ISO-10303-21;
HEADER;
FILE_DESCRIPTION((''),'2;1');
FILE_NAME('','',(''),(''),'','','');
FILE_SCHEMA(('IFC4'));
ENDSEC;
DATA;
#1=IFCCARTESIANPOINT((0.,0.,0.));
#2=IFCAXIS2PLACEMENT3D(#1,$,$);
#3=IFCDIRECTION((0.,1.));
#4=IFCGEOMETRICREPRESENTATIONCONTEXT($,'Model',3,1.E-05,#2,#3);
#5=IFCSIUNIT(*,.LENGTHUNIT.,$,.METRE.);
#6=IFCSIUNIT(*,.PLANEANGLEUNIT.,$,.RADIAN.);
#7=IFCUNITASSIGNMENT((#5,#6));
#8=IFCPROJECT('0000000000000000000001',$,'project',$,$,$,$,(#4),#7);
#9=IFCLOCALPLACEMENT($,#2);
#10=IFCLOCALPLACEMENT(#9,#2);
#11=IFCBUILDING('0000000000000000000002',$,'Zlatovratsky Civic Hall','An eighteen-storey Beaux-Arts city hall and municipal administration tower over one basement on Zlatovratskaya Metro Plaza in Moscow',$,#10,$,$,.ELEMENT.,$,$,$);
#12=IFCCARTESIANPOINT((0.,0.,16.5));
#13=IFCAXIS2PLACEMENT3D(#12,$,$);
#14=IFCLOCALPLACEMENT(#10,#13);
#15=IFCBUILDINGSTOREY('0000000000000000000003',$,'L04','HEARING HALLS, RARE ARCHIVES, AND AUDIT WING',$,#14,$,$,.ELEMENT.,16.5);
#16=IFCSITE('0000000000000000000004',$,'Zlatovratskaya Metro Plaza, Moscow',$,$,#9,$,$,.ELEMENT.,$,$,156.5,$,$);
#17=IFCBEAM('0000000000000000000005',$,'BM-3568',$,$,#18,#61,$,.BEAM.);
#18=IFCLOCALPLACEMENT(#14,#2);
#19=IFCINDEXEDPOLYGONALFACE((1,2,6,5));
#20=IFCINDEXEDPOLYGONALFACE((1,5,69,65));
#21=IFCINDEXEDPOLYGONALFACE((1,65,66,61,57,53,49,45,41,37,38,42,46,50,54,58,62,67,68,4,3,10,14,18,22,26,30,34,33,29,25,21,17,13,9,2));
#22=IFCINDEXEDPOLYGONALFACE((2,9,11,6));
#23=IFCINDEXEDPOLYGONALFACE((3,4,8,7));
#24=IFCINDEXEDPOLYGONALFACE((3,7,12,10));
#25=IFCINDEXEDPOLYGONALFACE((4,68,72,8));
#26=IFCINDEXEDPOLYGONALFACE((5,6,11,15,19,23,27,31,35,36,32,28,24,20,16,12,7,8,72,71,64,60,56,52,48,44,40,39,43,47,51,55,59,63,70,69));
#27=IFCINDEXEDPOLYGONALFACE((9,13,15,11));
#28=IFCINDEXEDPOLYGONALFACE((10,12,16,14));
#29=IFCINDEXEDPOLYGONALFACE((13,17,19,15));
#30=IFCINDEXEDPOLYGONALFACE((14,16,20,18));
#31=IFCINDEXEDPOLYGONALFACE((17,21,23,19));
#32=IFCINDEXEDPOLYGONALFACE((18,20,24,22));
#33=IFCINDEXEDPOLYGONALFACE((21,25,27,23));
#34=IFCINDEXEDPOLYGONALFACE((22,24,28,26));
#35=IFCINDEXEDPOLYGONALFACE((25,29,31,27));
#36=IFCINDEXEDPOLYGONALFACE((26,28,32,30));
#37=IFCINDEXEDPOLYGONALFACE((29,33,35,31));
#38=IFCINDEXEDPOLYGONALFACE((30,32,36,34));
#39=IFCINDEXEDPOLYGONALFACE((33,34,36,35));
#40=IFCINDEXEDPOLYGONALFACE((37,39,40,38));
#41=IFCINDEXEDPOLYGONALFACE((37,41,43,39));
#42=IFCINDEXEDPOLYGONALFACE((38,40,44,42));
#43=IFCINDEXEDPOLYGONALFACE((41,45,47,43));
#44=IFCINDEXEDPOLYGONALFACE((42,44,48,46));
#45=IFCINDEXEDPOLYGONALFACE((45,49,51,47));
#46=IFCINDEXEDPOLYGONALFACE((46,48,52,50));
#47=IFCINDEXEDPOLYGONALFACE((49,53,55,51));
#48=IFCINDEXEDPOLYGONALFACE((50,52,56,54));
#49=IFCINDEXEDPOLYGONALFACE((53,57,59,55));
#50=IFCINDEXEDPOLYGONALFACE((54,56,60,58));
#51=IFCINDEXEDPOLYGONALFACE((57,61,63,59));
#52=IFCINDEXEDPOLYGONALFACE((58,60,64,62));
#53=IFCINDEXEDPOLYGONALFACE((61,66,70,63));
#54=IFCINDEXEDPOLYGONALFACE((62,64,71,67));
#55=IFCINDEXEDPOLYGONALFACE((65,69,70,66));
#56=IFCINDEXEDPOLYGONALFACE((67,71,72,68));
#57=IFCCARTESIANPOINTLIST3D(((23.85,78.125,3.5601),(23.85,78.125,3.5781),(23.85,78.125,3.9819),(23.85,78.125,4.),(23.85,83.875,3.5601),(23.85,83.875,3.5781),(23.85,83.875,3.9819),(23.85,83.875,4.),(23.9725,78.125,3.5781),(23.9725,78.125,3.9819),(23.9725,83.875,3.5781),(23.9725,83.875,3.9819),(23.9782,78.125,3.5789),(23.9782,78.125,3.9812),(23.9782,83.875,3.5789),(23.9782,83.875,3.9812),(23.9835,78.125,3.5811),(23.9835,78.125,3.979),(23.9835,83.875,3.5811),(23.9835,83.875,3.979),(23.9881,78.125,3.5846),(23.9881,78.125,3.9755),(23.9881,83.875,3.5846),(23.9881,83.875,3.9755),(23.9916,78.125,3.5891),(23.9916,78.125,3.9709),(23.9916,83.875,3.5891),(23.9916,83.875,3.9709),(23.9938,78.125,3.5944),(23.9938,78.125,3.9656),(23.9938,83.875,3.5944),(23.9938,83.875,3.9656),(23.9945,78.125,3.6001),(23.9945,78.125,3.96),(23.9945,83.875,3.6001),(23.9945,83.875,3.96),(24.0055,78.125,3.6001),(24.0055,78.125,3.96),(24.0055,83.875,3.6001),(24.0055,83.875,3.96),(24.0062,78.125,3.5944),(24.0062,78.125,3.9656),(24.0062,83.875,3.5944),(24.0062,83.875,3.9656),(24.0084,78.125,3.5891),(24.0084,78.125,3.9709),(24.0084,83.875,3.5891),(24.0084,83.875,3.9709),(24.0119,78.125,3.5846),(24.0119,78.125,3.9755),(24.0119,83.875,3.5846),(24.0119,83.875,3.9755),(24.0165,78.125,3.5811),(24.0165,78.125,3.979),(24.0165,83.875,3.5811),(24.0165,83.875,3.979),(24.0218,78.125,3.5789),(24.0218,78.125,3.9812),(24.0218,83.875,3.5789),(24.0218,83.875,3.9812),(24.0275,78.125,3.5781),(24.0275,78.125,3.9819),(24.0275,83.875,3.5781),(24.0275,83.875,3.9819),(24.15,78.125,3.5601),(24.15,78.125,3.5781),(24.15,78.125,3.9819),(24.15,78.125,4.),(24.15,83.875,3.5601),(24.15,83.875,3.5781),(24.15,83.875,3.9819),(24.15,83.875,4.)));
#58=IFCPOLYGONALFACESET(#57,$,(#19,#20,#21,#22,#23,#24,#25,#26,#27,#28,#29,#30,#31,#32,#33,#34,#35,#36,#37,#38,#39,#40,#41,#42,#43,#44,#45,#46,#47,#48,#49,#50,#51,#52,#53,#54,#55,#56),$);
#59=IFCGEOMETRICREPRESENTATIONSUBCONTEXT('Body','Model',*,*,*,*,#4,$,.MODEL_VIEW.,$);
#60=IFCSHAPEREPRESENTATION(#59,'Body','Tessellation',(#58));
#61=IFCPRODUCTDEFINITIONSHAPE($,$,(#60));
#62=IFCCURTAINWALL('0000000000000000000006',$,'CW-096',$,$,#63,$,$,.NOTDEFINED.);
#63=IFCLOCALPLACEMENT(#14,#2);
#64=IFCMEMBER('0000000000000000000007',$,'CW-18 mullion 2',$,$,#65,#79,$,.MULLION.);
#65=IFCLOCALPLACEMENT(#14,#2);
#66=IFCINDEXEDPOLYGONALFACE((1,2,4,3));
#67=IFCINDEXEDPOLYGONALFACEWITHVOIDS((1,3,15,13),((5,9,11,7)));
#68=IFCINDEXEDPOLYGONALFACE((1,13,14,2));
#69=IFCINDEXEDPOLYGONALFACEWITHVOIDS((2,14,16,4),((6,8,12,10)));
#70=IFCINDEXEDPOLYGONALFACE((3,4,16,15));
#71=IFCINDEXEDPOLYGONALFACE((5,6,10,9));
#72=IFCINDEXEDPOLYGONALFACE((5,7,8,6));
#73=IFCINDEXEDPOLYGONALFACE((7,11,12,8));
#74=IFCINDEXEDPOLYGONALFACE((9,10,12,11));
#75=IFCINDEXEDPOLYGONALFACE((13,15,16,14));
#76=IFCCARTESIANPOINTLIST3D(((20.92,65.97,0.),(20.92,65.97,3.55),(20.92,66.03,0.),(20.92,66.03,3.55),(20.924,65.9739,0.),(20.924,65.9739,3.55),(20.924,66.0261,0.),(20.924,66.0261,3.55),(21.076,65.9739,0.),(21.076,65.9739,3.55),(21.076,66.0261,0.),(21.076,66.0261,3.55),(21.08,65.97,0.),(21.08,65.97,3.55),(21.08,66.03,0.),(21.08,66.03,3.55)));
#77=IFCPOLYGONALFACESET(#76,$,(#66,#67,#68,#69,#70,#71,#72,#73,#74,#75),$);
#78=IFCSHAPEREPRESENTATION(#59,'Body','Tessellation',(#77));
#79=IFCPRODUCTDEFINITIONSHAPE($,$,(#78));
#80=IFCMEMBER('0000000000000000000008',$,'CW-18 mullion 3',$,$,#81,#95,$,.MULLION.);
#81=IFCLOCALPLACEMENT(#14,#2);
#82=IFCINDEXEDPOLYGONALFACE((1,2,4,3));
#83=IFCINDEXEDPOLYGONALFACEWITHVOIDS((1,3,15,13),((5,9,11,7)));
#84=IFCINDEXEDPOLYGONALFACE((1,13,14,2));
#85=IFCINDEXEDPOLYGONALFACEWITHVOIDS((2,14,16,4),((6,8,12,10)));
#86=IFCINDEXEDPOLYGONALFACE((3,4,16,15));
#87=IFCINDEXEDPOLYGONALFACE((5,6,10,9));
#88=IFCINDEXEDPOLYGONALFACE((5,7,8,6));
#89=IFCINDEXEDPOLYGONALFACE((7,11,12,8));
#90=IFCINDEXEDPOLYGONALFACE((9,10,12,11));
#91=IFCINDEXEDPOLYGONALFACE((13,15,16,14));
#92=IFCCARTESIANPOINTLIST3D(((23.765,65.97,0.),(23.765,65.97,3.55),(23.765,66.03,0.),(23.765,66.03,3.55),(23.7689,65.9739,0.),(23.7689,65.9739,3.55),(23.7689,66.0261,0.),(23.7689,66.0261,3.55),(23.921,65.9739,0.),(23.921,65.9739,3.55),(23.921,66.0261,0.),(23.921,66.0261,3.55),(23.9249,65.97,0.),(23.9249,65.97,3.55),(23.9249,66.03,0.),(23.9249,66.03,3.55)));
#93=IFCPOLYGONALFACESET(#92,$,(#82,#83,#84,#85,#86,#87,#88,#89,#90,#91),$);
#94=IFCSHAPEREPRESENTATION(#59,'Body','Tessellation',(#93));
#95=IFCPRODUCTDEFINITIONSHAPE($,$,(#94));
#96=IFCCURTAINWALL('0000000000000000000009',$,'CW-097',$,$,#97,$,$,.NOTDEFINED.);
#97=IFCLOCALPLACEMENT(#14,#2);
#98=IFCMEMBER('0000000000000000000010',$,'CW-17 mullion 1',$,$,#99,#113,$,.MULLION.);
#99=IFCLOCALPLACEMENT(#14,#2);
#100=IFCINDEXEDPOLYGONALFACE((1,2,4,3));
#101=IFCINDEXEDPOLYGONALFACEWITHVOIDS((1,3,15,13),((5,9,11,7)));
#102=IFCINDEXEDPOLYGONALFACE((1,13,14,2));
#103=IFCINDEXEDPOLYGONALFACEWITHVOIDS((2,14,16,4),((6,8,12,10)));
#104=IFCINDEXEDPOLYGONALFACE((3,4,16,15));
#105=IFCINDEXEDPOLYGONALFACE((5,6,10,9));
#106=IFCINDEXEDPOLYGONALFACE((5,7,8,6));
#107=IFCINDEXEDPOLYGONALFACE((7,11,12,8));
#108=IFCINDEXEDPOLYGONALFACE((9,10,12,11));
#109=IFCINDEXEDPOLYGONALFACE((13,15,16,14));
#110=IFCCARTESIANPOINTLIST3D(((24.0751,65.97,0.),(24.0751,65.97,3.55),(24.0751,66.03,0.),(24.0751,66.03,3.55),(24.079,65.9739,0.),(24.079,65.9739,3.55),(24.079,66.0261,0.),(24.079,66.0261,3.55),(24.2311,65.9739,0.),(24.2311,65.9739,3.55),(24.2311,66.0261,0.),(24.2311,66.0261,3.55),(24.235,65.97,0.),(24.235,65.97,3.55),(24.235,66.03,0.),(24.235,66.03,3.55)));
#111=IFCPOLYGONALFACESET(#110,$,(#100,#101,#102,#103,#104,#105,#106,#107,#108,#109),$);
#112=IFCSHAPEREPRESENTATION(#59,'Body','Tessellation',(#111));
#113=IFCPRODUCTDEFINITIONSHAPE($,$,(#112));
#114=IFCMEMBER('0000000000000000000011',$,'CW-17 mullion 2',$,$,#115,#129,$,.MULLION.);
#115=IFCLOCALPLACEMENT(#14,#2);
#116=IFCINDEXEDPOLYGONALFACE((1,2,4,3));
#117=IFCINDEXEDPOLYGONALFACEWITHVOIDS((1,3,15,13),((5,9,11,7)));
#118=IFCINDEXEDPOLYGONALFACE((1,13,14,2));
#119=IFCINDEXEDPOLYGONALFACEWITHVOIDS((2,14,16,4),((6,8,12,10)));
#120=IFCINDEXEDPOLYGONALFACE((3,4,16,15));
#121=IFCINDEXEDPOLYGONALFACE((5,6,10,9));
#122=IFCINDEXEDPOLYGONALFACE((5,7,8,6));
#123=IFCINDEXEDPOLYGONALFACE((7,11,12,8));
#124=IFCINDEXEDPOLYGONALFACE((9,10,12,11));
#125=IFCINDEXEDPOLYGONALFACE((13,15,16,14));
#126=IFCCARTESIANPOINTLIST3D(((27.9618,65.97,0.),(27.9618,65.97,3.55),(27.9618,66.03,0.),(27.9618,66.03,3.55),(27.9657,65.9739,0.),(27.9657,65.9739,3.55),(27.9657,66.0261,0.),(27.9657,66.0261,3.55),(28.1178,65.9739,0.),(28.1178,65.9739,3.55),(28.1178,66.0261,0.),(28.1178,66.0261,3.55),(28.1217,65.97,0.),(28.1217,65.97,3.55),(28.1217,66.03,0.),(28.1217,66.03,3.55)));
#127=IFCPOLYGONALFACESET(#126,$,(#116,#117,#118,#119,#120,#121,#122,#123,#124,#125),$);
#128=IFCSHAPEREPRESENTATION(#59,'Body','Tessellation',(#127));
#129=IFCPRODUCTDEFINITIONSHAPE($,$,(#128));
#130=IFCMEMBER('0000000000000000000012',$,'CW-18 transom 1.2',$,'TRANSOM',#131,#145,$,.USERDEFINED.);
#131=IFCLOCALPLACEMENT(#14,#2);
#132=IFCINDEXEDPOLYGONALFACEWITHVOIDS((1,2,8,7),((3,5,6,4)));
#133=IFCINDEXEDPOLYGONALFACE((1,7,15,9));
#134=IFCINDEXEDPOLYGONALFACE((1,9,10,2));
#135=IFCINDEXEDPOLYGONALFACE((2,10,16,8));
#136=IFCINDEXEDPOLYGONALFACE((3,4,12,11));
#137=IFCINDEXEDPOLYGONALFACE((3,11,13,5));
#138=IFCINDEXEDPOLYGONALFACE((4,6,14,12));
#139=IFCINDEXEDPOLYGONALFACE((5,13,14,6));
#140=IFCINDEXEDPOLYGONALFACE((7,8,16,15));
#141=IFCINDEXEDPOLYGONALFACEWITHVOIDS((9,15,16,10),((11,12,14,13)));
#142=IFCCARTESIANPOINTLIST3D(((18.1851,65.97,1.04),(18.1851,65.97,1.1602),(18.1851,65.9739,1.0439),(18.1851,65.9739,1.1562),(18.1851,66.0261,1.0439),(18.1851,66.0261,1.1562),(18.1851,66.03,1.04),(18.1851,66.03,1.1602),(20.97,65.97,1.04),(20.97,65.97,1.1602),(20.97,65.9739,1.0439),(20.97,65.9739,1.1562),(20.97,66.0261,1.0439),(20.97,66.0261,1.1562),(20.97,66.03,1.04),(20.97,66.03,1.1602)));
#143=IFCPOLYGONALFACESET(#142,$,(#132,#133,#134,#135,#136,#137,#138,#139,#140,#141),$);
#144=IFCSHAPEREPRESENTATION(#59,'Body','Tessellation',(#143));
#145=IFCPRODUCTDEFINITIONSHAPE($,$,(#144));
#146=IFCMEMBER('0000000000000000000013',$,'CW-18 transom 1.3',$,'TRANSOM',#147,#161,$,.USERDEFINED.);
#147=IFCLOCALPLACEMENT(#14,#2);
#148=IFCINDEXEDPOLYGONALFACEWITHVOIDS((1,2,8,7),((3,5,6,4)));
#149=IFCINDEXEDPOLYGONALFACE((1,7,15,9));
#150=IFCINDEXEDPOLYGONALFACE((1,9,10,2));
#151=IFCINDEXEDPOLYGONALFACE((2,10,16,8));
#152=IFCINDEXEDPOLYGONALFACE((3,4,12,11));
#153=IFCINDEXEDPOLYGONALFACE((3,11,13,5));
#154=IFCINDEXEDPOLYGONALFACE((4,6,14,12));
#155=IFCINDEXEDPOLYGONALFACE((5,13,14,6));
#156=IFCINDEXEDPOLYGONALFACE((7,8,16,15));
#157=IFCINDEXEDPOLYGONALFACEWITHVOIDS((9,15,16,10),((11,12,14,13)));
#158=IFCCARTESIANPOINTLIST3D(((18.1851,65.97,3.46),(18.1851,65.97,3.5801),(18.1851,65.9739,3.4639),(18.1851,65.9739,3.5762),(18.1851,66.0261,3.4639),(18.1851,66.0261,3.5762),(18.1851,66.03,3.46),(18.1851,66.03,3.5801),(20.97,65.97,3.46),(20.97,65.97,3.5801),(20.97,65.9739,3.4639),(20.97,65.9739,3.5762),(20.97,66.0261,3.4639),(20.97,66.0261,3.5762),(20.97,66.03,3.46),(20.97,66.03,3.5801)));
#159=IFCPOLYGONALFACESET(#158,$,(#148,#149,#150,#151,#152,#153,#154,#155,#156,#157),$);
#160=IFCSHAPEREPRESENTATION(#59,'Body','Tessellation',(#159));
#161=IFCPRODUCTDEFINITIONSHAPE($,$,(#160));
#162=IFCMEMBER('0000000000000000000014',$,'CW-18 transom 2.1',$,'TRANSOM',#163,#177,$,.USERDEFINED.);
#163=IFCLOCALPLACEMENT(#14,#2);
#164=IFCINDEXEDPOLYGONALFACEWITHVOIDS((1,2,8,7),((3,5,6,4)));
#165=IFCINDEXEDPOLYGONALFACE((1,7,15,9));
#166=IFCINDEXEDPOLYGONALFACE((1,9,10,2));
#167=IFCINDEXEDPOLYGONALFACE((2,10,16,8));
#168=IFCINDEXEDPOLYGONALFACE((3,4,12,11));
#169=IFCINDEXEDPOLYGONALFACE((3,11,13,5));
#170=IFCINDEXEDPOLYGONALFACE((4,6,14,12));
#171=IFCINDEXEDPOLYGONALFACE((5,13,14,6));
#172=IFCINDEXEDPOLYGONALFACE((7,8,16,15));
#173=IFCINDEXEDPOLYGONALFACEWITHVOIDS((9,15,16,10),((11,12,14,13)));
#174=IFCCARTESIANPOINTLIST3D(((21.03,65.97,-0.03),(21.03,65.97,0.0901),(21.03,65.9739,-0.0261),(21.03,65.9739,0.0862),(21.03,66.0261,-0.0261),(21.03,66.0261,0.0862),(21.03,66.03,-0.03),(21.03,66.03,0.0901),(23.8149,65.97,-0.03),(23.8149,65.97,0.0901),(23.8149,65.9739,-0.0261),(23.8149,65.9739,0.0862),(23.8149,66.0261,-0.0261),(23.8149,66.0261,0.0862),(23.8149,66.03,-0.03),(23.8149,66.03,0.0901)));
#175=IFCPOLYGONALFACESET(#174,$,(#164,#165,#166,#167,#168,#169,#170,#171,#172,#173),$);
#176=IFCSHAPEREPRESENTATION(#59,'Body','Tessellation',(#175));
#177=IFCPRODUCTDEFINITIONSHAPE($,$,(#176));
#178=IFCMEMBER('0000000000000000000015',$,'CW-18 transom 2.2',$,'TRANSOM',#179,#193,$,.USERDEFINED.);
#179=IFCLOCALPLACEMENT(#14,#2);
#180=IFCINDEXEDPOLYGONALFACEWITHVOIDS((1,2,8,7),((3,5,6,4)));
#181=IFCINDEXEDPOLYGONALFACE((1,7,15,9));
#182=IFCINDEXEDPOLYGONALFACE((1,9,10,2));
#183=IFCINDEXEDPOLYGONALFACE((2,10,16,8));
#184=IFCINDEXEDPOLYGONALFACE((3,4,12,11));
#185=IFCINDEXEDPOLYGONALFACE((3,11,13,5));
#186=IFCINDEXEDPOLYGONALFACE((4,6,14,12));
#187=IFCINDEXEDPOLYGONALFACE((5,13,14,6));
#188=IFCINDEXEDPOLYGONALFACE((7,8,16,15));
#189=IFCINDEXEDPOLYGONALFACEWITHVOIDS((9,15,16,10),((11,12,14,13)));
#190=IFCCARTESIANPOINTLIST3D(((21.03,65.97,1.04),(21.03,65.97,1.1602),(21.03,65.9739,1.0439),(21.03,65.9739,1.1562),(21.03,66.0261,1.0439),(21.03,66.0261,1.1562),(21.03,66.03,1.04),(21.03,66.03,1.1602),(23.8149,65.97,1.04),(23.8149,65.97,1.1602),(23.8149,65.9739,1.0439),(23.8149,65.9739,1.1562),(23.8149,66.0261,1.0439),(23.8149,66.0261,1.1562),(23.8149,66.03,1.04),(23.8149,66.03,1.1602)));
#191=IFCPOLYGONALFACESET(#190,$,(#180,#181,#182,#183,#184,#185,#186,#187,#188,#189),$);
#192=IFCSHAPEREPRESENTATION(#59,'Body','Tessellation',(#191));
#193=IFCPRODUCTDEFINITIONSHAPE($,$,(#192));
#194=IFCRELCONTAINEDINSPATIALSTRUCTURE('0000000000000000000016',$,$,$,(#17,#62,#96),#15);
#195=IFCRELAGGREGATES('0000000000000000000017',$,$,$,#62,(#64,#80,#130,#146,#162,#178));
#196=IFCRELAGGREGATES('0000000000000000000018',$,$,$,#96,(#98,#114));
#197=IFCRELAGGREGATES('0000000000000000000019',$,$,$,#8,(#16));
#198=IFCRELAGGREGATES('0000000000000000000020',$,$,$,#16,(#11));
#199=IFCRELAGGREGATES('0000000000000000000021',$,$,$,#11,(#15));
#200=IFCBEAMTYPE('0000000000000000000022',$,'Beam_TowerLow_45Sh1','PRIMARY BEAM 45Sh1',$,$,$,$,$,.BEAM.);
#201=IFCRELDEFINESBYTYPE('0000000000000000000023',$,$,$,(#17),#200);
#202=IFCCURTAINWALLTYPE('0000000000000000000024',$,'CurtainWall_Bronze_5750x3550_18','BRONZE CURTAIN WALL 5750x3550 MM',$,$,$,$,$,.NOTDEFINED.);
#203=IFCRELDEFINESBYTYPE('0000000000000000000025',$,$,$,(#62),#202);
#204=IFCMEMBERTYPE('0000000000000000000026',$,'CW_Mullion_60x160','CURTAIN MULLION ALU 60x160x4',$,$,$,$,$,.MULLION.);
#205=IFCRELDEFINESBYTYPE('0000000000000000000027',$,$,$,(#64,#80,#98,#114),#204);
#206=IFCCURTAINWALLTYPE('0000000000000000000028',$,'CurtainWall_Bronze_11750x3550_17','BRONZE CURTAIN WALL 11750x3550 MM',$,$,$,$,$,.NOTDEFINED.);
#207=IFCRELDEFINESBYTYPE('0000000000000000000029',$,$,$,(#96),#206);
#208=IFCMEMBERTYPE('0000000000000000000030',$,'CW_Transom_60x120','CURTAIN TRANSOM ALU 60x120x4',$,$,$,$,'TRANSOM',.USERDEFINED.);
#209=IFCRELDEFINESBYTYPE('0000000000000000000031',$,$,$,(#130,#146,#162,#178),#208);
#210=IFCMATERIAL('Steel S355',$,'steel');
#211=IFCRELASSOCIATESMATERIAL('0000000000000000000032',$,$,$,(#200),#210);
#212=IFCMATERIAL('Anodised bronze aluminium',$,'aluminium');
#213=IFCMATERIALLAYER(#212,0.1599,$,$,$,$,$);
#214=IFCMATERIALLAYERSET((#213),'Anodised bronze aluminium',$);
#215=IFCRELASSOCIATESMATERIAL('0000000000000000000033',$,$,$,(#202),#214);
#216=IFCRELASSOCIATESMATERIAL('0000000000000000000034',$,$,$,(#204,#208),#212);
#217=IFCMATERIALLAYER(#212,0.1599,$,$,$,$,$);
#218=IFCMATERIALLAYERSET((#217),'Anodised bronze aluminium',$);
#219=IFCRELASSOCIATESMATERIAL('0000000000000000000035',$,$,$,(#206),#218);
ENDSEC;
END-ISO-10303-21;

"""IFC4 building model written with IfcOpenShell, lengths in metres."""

from ifc_helpers import new_model, si_unit, direction, frame, origin, origin_2d, place, context, subcontext, project, spatial, hollow_rectangle, i_section, extrude, material, layer, layer_set, material_profile, profile_set, type_object, element, aggregate, save


model = new_model("IFC4")

# Units and contexts
model_context = context("Model", 3, precision=1e-05, world=origin(), true_north=direction((0.0, 1.0)))
body_context = subcontext(model_context, "Body", "Model", "MODEL_VIEW")
ifc_project = project(units=[si_unit("LENGTHUNIT", "METRE"), si_unit("PLANEANGLEUNIT", "RADIAN")], contexts=[model_context])

# Site, building, storey
site_placement = place(None, origin())
site = spatial("IfcSite", under=ifc_project, at=site_placement, Name="Zlatovratskaya Metro Plaza, Moscow", CompositionType="ELEMENT", RefElevation=156.5)
building_placement = place(site_placement, origin())
building = spatial("IfcBuilding", under=site, at=building_placement, Name="Zlatovratsky Civic Hall", Description="An eighteen-storey Beaux-Arts city hall and municipal administration tower over one basement on Zlatovratskaya Metro Plaza in Moscow", CompositionType="ELEMENT")
storey_placement = place(building_placement, frame((0.0, 0.0, 16.5)))
storey = spatial("IfcBuildingStorey", under=building, at=storey_placement, Name="L04", Description="HEARING HALLS, RARE ARCHIVES, AND AUDIT WING", CompositionType="ELEMENT", Elevation=16.5)

# Shared definitions
ifc_material_1 = material(Name="Steel S355", Category="steel")

# Beam
ifc_material_profile_1 = material_profile(ifc_material_1, i_section(OverallWidth=0.3, OverallDepth=0.4399, WebThickness=0.011, FlangeThickness=0.0181, FilletRadius=0.022, at=origin_2d()), Name="45Sh1")
ifc_profile_set_1 = profile_set([ifc_material_profile_1], Name="Steel S355")
beam_type_1 = type_object("IfcBeamType", Name="Beam_TowerLow_45Sh1", Description="PRIMARY BEAM 45Sh1", PredefinedType="BEAM", material=ifc_profile_set_1)
for number, where, z_axis, x_axis, name in (
    (1, (24.0, 78.125, 3.78), (0.0, 1.0, 0.0), (-1.0, 0.0, 0.0), "BM-3568"),
):
    element("IfcBeam", number, at=place(storey_placement, frame(where, z_axis=z_axis, x_axis=x_axis)), inside=storey, type_object=beam_type_1, Name=name, PredefinedType="BEAM", context=body_context, shape_type="SweptSolid", body=[
        extrude(i_section(OverallWidth=0.3, OverallDepth=0.4399, WebThickness=0.011, FlangeThickness=0.0181, FilletRadius=0.022, at=origin_2d()), origin(), (0.0, 0.0, 1.0), 5.75),
    ])

# Curtain walls, members
ifc_material_2 = material(Name="Anodised bronze aluminium", Category="aluminium")
ifc_layer_1 = layer(ifc_material_2, 0.1599)
ifc_layer_set_1 = layer_set([ifc_layer_1], Name="Anodised bronze aluminium")
curtain_wall_type_1 = type_object("IfcCurtainWallType", Name="CurtainWall_Bronze_5750x3550_18", Description="BRONZE CURTAIN WALL 5750x3550 MM", PredefinedType="NOTDEFINED", material=ifc_layer_set_1)
curtain_wall_1_placement = place(storey_placement, origin())
curtain_wall_1 = element("IfcCurtainWall", 2, at=curtain_wall_1_placement, inside=storey, type_object=curtain_wall_type_1, Name="CW-096", PredefinedType="NOTDEFINED")
ifc_material_profile_2 = material_profile(ifc_material_2, hollow_rectangle(XDim=0.0601, YDim=0.1599, WallThickness=0.0039, at=origin_2d()), Name="ALU 60x160x4")
ifc_profile_set_2 = profile_set([ifc_material_profile_2], Name="Anodised bronze aluminium")
member_type_1 = type_object("IfcMemberType", Name="CW_Mullion_60x160", Description="CURTAIN MULLION ALU 60x160x4", PredefinedType="MULLION", material=ifc_profile_set_2)
member_1_placement = place(storey_placement, frame((21.0, 66.0, 0.0), z_axis=(0.0, 0.0, 1.0), x_axis=(0.0, 1.0, 0.0)))
member_1 = element("IfcMember", 3, at=member_1_placement, type_object=member_type_1, Name="CW-18 mullion 2", PredefinedType="MULLION", context=body_context, shape_type="SweptSolid", body=[
    extrude(hollow_rectangle(XDim=0.0601, YDim=0.1599, WallThickness=0.0039, at=origin_2d()), origin(), (0.0, 0.0, 1.0), 3.55),
])
member_2_placement = place(storey_placement, frame((23.845, 66.0, 0.0), z_axis=(0.0, 0.0, 1.0), x_axis=(0.0, 1.0, 0.0)))
member_2 = element("IfcMember", 4, at=member_2_placement, type_object=member_type_1, Name="CW-18 mullion 3", PredefinedType="MULLION", context=body_context, shape_type="SweptSolid", body=[
    extrude(hollow_rectangle(XDim=0.0601, YDim=0.1599, WallThickness=0.0039, at=origin_2d()), origin(), (0.0, 0.0, 1.0), 3.55),
])
ifc_layer_2 = layer(ifc_material_2, 0.1599)
ifc_layer_set_2 = layer_set([ifc_layer_2], Name="Anodised bronze aluminium")
curtain_wall_type_2 = type_object("IfcCurtainWallType", Name="CurtainWall_Bronze_11750x3550_17", Description="BRONZE CURTAIN WALL 11750x3550 MM", PredefinedType="NOTDEFINED", material=ifc_layer_set_2)
curtain_wall_2_placement = place(storey_placement, origin())
curtain_wall_2 = element("IfcCurtainWall", 5, at=curtain_wall_2_placement, inside=storey, type_object=curtain_wall_type_2, Name="CW-097", PredefinedType="NOTDEFINED")
member_3_placement = place(storey_placement, frame((24.155, 66.0, 0.0), z_axis=(0.0, 0.0, 1.0), x_axis=(0.0, 1.0, 0.0)))
member_3 = element("IfcMember", 6, at=member_3_placement, type_object=member_type_1, Name="CW-17 mullion 1", PredefinedType="MULLION", context=body_context, shape_type="SweptSolid", body=[
    extrude(hollow_rectangle(XDim=0.0601, YDim=0.1599, WallThickness=0.0039, at=origin_2d()), origin(), (0.0, 0.0, 1.0), 3.55),
])
member_4_placement = place(storey_placement, frame((28.0417, 66.0, 0.0), z_axis=(0.0, 0.0, 1.0), x_axis=(0.0, 1.0, 0.0)))
member_4 = element("IfcMember", 7, at=member_4_placement, type_object=member_type_1, Name="CW-17 mullion 2", PredefinedType="MULLION", context=body_context, shape_type="SweptSolid", body=[
    extrude(hollow_rectangle(XDim=0.0601, YDim=0.1599, WallThickness=0.0039, at=origin_2d()), origin(), (0.0, 0.0, 1.0), 3.55),
])

# Members
ifc_material_profile_3 = material_profile(ifc_material_2, hollow_rectangle(XDim=0.0601, YDim=0.1201, WallThickness=0.0039, at=origin_2d()), Name="ALU 60x120x4")
ifc_profile_set_3 = profile_set([ifc_material_profile_3], Name="Anodised bronze aluminium")
member_type_2 = type_object("IfcMemberType", Name="CW_Transom_60x120", Description="CURTAIN TRANSOM ALU 60x120x4", ElementType="TRANSOM", PredefinedType="USERDEFINED", material=ifc_profile_set_3)
member_5_placement = place(storey_placement, frame((18.1851, 66.0, 1.1001), z_axis=(1.0, 0.0, 0.0), x_axis=(0.0, 1.0, 0.0)))
member_5 = element("IfcMember", 8, at=member_5_placement, type_object=member_type_2, Name="CW-18 transom 1.2", ObjectType="TRANSOM", PredefinedType="USERDEFINED", context=body_context, shape_type="SweptSolid", body=[
    extrude(hollow_rectangle(XDim=0.0601, YDim=0.1201, WallThickness=0.0039, at=origin_2d()), origin(), (0.0, 0.0, 1.0), 2.7849),
])
member_6_placement = place(storey_placement, frame((18.1851, 66.0, 3.52), z_axis=(1.0, 0.0, 0.0), x_axis=(0.0, 1.0, 0.0)))
member_6 = element("IfcMember", 9, at=member_6_placement, type_object=member_type_2, Name="CW-18 transom 1.3", ObjectType="TRANSOM", PredefinedType="USERDEFINED", context=body_context, shape_type="SweptSolid", body=[
    extrude(hollow_rectangle(XDim=0.0601, YDim=0.1201, WallThickness=0.0039, at=origin_2d()), origin(), (0.0, 0.0, 1.0), 2.7849),
])
member_7_placement = place(storey_placement, frame((21.03, 66.0, 0.03), z_axis=(1.0, 0.0, 0.0), x_axis=(0.0, 1.0, 0.0)))
member_7 = element("IfcMember", 10, at=member_7_placement, type_object=member_type_2, Name="CW-18 transom 2.1", ObjectType="TRANSOM", PredefinedType="USERDEFINED", context=body_context, shape_type="SweptSolid", body=[
    extrude(hollow_rectangle(XDim=0.0601, YDim=0.1201, WallThickness=0.0039, at=origin_2d()), origin(), (0.0, 0.0, 1.0), 2.7849),
])
member_8_placement = place(storey_placement, frame((21.03, 66.0, 1.1001), z_axis=(1.0, 0.0, 0.0), x_axis=(0.0, 1.0, 0.0)))
member_8 = element("IfcMember", 11, at=member_8_placement, type_object=member_type_2, Name="CW-18 transom 2.2", ObjectType="TRANSOM", PredefinedType="USERDEFINED", context=body_context, shape_type="SweptSolid", body=[
    extrude(hollow_rectangle(XDim=0.0601, YDim=0.1201, WallThickness=0.0039, at=origin_2d()), origin(), (0.0, 0.0, 1.0), 2.7849),
])

aggregate(curtain_wall_1, [member_1, member_2, member_5, member_6, member_7, member_8])
aggregate(curtain_wall_2, [member_3, member_4])

save(model, "model.ifc")
